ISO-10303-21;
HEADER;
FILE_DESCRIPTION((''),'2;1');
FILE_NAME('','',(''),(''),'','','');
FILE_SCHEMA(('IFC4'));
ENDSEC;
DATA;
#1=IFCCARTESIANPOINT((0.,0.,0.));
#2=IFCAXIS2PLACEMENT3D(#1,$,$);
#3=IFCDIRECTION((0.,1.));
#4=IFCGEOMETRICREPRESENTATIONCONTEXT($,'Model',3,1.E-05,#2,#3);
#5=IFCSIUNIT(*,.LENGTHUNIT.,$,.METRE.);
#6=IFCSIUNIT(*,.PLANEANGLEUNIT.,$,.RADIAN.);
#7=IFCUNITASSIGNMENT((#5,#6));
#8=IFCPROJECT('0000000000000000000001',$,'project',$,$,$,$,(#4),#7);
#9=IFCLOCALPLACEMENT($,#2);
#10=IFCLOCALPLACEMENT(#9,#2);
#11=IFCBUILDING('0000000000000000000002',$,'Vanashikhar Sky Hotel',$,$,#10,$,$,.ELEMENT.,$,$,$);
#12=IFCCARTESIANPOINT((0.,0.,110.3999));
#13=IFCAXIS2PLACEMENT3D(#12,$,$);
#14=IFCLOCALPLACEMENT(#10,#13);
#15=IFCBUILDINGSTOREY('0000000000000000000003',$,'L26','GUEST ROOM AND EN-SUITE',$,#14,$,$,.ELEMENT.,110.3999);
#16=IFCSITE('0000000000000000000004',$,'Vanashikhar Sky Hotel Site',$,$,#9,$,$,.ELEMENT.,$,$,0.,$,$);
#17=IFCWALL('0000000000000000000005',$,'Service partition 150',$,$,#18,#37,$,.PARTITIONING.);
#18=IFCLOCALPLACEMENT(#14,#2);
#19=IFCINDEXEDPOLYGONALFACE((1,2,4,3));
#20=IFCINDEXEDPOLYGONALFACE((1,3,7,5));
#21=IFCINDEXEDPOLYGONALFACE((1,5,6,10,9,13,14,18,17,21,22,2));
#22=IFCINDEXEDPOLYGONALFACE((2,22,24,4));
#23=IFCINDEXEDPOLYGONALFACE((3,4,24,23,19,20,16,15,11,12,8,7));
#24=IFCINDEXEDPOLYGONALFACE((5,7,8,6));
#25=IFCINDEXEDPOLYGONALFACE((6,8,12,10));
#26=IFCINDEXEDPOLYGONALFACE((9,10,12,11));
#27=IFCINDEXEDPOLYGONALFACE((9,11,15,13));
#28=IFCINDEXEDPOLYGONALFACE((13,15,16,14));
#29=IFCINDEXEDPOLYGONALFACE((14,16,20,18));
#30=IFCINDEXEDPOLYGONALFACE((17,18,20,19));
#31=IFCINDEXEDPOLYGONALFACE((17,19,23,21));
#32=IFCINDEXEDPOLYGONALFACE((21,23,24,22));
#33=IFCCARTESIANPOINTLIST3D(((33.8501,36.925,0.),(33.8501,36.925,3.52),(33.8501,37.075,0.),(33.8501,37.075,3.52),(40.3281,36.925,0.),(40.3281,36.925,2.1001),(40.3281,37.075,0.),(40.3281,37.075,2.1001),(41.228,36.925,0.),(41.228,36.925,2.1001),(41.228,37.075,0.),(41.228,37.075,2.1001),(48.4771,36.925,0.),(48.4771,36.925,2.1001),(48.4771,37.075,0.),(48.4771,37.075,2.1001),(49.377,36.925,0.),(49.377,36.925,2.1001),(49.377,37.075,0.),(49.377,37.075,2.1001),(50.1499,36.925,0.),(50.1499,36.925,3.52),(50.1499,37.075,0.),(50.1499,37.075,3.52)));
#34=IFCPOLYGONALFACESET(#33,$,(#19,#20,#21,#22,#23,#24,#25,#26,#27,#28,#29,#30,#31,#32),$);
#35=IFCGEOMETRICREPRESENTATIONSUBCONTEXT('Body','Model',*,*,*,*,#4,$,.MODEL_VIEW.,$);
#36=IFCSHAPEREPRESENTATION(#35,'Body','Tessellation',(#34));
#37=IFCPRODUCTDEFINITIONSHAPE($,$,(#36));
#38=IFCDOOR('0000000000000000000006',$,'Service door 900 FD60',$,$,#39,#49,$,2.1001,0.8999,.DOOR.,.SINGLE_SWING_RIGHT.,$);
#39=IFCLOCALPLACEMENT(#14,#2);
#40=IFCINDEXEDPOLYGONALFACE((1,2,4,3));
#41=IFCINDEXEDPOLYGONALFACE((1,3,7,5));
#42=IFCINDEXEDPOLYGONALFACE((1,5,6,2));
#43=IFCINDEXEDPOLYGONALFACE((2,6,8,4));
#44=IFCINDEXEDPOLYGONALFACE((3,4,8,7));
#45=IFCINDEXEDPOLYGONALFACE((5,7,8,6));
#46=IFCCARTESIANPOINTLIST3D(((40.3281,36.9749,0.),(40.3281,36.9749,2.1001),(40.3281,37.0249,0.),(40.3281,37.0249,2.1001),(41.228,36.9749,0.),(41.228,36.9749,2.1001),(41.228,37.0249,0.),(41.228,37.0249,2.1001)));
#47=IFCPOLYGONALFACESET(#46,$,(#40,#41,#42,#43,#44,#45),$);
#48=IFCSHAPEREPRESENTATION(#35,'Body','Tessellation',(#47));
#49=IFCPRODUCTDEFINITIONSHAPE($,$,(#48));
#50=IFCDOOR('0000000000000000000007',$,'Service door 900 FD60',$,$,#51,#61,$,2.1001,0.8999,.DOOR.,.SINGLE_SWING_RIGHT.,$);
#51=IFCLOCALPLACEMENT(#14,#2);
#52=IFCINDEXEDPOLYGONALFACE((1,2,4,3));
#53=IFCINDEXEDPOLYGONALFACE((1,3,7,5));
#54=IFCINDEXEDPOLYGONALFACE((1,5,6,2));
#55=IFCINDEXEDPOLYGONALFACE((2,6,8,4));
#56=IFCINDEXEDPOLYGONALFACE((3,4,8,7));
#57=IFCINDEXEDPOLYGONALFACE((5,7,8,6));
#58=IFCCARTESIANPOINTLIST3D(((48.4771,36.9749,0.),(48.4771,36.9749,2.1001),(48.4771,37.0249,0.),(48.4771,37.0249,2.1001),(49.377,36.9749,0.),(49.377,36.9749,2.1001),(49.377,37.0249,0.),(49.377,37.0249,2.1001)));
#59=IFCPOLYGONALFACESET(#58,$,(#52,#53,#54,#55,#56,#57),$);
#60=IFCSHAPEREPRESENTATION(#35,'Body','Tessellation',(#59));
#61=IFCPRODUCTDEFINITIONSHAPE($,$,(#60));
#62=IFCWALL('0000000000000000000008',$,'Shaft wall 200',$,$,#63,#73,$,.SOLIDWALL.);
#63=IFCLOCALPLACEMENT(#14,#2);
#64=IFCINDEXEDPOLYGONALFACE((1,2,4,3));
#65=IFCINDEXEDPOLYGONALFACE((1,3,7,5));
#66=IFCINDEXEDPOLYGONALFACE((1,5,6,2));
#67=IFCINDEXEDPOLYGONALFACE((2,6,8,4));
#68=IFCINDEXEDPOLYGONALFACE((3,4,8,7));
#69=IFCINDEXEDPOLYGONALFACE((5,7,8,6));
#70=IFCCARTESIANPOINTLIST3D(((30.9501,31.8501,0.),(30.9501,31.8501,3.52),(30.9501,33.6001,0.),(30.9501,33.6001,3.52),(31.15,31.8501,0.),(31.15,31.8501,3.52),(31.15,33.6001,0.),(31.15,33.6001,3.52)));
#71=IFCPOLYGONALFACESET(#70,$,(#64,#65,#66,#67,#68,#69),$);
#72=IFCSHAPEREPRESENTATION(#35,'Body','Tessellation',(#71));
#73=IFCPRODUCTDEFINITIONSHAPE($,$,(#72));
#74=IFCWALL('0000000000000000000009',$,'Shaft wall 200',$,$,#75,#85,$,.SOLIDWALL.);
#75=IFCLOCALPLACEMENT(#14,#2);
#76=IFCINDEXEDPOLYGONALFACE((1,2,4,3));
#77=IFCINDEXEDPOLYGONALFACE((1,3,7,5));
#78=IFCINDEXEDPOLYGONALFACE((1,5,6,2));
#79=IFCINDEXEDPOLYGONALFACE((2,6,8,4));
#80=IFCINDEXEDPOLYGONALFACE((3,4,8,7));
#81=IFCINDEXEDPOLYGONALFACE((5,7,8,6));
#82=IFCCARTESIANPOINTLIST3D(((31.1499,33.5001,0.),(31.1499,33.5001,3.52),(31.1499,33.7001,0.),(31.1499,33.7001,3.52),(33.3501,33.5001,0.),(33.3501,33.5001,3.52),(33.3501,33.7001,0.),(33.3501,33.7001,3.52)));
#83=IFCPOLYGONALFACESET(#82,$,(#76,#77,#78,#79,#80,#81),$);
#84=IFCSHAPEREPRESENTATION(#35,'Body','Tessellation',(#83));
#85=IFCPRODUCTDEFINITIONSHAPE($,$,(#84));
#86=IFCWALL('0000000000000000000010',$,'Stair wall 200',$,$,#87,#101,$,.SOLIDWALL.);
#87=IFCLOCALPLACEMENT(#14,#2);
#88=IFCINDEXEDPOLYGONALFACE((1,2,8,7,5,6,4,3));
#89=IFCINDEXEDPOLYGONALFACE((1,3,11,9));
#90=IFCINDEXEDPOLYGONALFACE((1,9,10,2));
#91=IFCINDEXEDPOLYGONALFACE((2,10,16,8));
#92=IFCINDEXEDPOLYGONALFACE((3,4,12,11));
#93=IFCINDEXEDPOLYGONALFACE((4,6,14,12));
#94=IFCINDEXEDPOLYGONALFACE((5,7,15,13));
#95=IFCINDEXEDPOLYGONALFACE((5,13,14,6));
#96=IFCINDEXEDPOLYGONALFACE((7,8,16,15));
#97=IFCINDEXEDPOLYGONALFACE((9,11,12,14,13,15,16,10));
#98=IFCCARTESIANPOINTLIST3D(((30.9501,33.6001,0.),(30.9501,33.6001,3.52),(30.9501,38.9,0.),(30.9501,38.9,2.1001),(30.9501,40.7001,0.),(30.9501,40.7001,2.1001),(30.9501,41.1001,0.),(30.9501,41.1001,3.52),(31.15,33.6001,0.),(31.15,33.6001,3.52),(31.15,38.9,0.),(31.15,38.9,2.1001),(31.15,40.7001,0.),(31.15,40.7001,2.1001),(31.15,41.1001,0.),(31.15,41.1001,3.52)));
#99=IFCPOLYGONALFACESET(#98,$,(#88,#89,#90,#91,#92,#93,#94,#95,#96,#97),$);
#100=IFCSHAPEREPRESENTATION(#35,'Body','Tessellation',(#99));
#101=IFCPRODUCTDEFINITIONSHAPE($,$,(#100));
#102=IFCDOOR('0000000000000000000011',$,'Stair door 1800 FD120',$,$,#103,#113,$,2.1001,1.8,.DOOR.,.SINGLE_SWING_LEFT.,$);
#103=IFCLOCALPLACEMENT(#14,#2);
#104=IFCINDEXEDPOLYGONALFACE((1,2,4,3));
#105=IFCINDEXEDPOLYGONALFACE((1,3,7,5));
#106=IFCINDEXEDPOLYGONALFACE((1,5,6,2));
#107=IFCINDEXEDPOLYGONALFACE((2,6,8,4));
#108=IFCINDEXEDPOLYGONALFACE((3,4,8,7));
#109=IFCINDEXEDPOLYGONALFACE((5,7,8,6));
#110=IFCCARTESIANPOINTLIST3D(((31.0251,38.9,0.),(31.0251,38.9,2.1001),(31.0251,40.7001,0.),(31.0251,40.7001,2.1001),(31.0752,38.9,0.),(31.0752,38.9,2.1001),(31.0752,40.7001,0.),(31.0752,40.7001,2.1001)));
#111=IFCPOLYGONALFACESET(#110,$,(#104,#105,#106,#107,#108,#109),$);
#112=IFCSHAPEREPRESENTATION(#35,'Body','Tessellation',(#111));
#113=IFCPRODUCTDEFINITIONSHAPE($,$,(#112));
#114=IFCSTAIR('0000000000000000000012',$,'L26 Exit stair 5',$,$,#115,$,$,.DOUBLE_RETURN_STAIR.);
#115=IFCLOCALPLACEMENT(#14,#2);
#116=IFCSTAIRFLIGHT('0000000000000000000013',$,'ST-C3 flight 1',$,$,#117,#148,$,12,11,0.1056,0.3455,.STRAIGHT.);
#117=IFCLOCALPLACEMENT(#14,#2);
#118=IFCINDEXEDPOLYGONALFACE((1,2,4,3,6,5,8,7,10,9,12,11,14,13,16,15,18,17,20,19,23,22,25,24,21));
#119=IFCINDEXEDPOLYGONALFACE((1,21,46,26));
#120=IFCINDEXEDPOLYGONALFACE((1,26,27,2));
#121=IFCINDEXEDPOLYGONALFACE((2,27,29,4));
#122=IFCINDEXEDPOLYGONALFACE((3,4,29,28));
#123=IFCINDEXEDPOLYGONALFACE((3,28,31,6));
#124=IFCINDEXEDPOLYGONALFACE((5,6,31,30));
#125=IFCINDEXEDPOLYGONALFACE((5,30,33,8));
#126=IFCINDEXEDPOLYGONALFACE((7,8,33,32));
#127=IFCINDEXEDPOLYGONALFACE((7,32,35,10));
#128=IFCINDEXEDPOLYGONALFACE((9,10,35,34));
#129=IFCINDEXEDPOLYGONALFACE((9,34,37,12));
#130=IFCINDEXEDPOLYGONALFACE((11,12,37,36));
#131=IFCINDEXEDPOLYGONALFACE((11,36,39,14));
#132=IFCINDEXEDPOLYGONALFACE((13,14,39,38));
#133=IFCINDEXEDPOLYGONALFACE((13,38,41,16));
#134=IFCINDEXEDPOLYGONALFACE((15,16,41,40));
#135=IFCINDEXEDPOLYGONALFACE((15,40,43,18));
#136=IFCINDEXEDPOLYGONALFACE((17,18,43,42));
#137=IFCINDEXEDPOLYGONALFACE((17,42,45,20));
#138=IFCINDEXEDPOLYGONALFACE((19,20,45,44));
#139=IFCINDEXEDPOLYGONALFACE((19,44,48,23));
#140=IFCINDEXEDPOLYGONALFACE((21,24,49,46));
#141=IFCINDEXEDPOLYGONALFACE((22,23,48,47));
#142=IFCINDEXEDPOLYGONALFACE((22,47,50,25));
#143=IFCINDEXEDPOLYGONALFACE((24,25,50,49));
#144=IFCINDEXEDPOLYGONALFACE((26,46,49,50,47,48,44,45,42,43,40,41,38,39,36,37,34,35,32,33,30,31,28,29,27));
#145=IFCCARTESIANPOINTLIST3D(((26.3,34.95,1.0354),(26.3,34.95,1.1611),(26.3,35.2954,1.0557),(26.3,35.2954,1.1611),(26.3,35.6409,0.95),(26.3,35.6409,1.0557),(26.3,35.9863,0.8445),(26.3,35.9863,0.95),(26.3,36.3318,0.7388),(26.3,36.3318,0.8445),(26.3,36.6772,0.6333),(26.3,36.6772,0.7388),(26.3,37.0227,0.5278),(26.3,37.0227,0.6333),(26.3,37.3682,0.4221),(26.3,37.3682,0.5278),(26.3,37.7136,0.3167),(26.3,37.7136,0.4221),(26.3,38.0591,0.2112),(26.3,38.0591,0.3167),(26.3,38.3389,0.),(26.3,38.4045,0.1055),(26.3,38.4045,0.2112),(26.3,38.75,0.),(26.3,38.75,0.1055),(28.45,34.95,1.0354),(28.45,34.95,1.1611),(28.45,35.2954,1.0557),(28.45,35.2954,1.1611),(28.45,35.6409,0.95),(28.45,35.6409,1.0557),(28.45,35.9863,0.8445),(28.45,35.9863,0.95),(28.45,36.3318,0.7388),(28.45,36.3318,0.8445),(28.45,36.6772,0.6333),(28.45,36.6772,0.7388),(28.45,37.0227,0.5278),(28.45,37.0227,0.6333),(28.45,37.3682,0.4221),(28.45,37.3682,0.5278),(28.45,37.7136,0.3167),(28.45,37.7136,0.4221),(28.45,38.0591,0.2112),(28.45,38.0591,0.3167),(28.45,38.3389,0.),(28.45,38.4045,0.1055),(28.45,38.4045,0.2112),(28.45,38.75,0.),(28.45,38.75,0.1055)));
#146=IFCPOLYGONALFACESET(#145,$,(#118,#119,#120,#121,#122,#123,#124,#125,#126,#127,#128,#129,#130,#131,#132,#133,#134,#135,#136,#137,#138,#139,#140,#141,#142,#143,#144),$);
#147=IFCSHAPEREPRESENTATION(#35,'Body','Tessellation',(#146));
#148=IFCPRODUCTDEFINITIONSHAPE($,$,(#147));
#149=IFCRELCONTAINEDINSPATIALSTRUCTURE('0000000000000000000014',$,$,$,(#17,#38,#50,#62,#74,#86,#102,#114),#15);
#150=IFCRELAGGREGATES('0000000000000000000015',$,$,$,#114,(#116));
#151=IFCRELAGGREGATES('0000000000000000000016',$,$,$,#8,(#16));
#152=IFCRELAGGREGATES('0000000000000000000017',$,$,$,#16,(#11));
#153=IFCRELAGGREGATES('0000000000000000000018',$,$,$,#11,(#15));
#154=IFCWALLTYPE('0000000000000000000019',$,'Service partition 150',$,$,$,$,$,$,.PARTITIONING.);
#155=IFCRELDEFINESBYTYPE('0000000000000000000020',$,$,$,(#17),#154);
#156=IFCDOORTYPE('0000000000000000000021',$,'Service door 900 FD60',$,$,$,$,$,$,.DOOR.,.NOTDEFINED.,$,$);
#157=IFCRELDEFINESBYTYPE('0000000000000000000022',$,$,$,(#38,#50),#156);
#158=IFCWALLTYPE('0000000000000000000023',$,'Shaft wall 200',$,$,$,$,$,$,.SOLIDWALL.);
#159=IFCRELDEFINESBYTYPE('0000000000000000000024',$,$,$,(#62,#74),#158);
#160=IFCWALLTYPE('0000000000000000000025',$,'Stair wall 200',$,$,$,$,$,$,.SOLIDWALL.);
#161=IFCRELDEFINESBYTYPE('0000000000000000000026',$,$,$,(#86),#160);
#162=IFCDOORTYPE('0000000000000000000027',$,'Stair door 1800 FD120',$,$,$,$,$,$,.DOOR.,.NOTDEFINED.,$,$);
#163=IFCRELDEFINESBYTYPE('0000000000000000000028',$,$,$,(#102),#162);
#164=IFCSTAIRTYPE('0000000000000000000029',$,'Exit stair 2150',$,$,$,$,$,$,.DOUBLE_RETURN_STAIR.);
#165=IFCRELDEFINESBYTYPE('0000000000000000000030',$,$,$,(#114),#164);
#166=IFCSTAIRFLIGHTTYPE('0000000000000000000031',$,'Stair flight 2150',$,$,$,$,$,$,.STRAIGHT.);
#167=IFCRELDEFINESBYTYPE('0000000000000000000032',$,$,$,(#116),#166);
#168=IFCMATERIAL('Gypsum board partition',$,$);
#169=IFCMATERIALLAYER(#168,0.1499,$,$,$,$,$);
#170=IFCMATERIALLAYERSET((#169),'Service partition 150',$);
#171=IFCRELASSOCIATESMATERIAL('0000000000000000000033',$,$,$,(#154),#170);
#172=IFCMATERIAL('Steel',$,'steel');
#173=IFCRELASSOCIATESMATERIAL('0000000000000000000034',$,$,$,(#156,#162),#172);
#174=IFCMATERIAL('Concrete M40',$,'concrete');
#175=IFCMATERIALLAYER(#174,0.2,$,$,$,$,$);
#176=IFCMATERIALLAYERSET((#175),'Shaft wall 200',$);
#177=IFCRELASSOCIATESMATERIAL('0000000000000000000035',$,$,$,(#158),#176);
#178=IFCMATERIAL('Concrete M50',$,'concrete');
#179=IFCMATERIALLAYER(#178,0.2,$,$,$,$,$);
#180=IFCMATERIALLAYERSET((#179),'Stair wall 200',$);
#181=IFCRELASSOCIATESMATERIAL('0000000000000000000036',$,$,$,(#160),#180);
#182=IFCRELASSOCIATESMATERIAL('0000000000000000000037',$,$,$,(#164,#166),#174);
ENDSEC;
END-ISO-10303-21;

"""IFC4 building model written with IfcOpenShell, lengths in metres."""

from ifc_helpers import new_model, si_unit, direction, frame, frame_2d, origin, place, context, subcontext, project, spatial, polyline, rectangle, outline, extrude, source, transform, mapped, material, layer, layer_set, type_object, element, fill, aggregate, save


model = new_model("IFC4")

# Units and contexts
model_context = context("Model", 3, precision=1e-05, world=origin(), true_north=direction((0.0, 1.0)))
body_context = subcontext(model_context, "Body", "Model", "MODEL_VIEW")
ifc_project = project(units=[si_unit("LENGTHUNIT", "METRE"), si_unit("PLANEANGLEUNIT", "RADIAN")], contexts=[model_context])

# Site, building, storey
site_placement = place(None, origin())
site = spatial("IfcSite", under=ifc_project, at=site_placement, Name="Vanashikhar Sky Hotel Site", CompositionType="ELEMENT", RefElevation=0.0)
building_placement = place(site_placement, origin())
building = spatial("IfcBuilding", under=site, at=building_placement, Name="Vanashikhar Sky Hotel", CompositionType="ELEMENT")
storey_placement = place(building_placement, frame((0.0, 0.0, 110.3999)))
storey = spatial("IfcBuildingStorey", under=building, at=storey_placement, Name="L26", Description="GUEST ROOM AND EN-SUITE", CompositionType="ELEMENT", Elevation=110.3999)

# Shared definitions
ifc_material_1 = material(Name="Steel", Category="steel")

# Shared definitions
ifc_material_2 = material(Name="Gypsum board partition")
ifc_layer_1 = layer(ifc_material_2, 0.1499)
ifc_layer_set_1 = layer_set([ifc_layer_1], Name="Service partition 150")
wall_type_1 = type_object("IfcWallType", Name="Service partition 150", PredefinedType="PARTITIONING", material=ifc_layer_set_1)

# Wall, openings, doors
shared_shape_1 = source(origin(), body_context, "Body", "SweptSolid", [
    extrude(rectangle(XDim=0.8999, YDim=2.1001, at=frame_2d((0.45, 1.05))), frame((0.0, 0.085, 0.0), z_axis=(0.0, -1.0, 0.0), x_axis=(1.0, 0.0, 0.0)), (0.0, 0.0, 1.0), 0.1699),
])
door_type_1 = type_object("IfcDoorType", Name="Service door 900 FD60", OperationType="NOTDEFINED", PredefinedType="DOOR", material=ifc_material_1)
shared_shape_2 = source(origin(), body_context, "Body", "SweptSolid", [
    extrude(rectangle(XDim=0.8999, YDim=2.1001, at=frame_2d((0.45, 1.05))), frame((0.0, 0.0249, 0.0), z_axis=(0.0, -1.0, 0.0), x_axis=(1.0, 0.0, 0.0)), (0.0, 0.0, 1.0), 0.05),
])
shared_shape_3 = source(origin(), body_context, "Body", "SweptSolid", [
    extrude(rectangle(XDim=16.2998, YDim=0.1499, at=frame_2d((8.1499, 0.0))), origin(), (0.0, 0.0, 1.0), 3.52),
])
wall_1_placement = place(storey_placement, frame((33.8501, 37.0, 0.0), z_axis=(0.0, 0.0, 1.0), x_axis=(1.0, 0.0, 0.0)))
wall_1 = element("IfcWall", 1, at=wall_1_placement, inside=storey, type_object=wall_type_1, Name="Service partition 150", PredefinedType="PARTITIONING", context=body_context, shape_type="MappedRepresentation", body=[
    mapped(shared_shape_3, transform((0.0, 0.0, 0.0), scale=1.0)),
])
opening_1_placement = place(wall_1_placement, frame((6.478, 0.0, 0.0)))
opening_1 = element("IfcOpeningElement", 2, at=opening_1_placement, cuts=wall_1, PredefinedType="OPENING", context=body_context, shape_type="MappedRepresentation", body=[
    mapped(shared_shape_1, transform((0.0, 0.0, 0.0), scale=1.0)),
])
opening_2_placement = place(wall_1_placement, frame((14.627, 0.0, 0.0)))
opening_2 = element("IfcOpeningElement", 3, at=opening_2_placement, cuts=wall_1, PredefinedType="OPENING", context=body_context, shape_type="MappedRepresentation", body=[
    mapped(shared_shape_1, transform((0.0, 0.0, 0.0), scale=1.0)),
])
door_1_placement = place(opening_1_placement, origin())
door_1 = element("IfcDoor", 4, at=door_1_placement, inside=storey, type_object=door_type_1, Name="Service door 900 FD60", OperationType="SINGLE_SWING_RIGHT", OverallHeight=2.1001, OverallWidth=0.8999, PredefinedType="DOOR", context=body_context, shape_type="MappedRepresentation", body=[
    mapped(shared_shape_2, transform((0.0, 0.0, 0.0), scale=1.0)),
])
fill(opening_1, door_1)
door_2_placement = place(opening_2_placement, origin())
door_2 = element("IfcDoor", 5, at=door_2_placement, inside=storey, type_object=door_type_1, Name="Service door 900 FD60", OperationType="SINGLE_SWING_RIGHT", OverallHeight=2.1001, OverallWidth=0.8999, PredefinedType="DOOR", context=body_context, shape_type="MappedRepresentation", body=[
    mapped(shared_shape_2, transform((0.0, 0.0, 0.0), scale=1.0)),
])
fill(opening_2, door_2)

# Walls
ifc_material_3 = material(Name="Concrete M40", Category="concrete")
ifc_layer_2 = layer(ifc_material_3, 0.2)
ifc_layer_set_2 = layer_set([ifc_layer_2], Name="Shaft wall 200")
wall_type_2 = type_object("IfcWallType", Name="Shaft wall 200", PredefinedType="SOLIDWALL", material=ifc_layer_set_2)
shared_shape_4 = source(origin(), body_context, "Body", "SweptSolid", [
    extrude(rectangle(XDim=1.75, YDim=0.2, at=frame_2d((0.875, 0.0))), origin(), (0.0, 0.0, 1.0), 3.52),
])
wall_2_placement = place(storey_placement, frame((31.05, 31.8501, 0.0), z_axis=(0.0, 0.0, 1.0), x_axis=(0.0, 1.0, 0.0)))
element("IfcWall", 6, at=wall_2_placement, inside=storey, type_object=wall_type_2, Name="Shaft wall 200", PredefinedType="SOLIDWALL", context=body_context, shape_type="MappedRepresentation", body=[
    mapped(shared_shape_4, transform((0.0, 0.0, 0.0), scale=1.0)),
])
shared_shape_5 = source(origin(), body_context, "Body", "SweptSolid", [
    extrude(rectangle(XDim=2.2002, YDim=0.2, at=frame_2d((1.1001, 0.0))), origin(), (0.0, 0.0, 1.0), 3.52),
])
wall_3_placement = place(storey_placement, frame((31.1499, 33.6001, 0.0), z_axis=(0.0, 0.0, 1.0), x_axis=(1.0, 0.0, 0.0)))
element("IfcWall", 7, at=wall_3_placement, inside=storey, type_object=wall_type_2, Name="Shaft wall 200", PredefinedType="SOLIDWALL", context=body_context, shape_type="MappedRepresentation", body=[
    mapped(shared_shape_5, transform((0.0, 0.0, 0.0), scale=1.0)),
])

# Wall, opening, door
ifc_material_4 = material(Name="Concrete M50", Category="concrete")
ifc_layer_3 = layer(ifc_material_4, 0.2)
ifc_layer_set_3 = layer_set([ifc_layer_3], Name="Stair wall 200")
wall_type_3 = type_object("IfcWallType", Name="Stair wall 200", PredefinedType="SOLIDWALL", material=ifc_layer_set_3)
shared_shape_6 = source(origin(), body_context, "Body", "SweptSolid", [
    extrude(rectangle(XDim=7.5, YDim=0.2, at=frame_2d((3.75, 0.0))), origin(), (0.0, 0.0, 1.0), 3.52),
])
wall_4_placement = place(storey_placement, frame((31.05, 33.6001, 0.0), z_axis=(0.0, 0.0, 1.0), x_axis=(0.0, 1.0, 0.0)))
wall_4 = element("IfcWall", 8, at=wall_4_placement, inside=storey, type_object=wall_type_3, Name="Stair wall 200", PredefinedType="SOLIDWALL", context=body_context, shape_type="MappedRepresentation", body=[
    mapped(shared_shape_6, transform((0.0, 0.0, 0.0), scale=1.0)),
])
shared_shape_7 = source(origin(), body_context, "Body", "SweptSolid", [
    extrude(rectangle(XDim=1.8, YDim=2.1001, at=frame_2d((0.8999, 1.05))), frame((0.0, 0.1099, 0.0), z_axis=(0.0, -1.0, 0.0), x_axis=(1.0, 0.0, 0.0)), (0.0, 0.0, 1.0), 0.22),
])
opening_3_placement = place(wall_4_placement, frame((5.3, 0.0, 0.0)))
opening_3 = element("IfcOpeningElement", 9, at=opening_3_placement, cuts=wall_4, PredefinedType="OPENING", context=body_context, shape_type="MappedRepresentation", body=[
    mapped(shared_shape_7, transform((0.0, 0.0, 0.0), scale=1.0)),
])
door_type_2 = type_object("IfcDoorType", Name="Stair door 1800 FD120", OperationType="NOTDEFINED", PredefinedType="DOOR", material=ifc_material_1)
shared_shape_8 = source(origin(), body_context, "Body", "SweptSolid", [
    extrude(rectangle(XDim=1.8, YDim=2.1001, at=frame_2d((0.8999, 1.05))), frame((0.0, 0.0249, 0.0), z_axis=(0.0, -1.0, 0.0), x_axis=(1.0, 0.0, 0.0)), (0.0, 0.0, 1.0), 0.05),
])
door_3_placement = place(opening_3_placement, origin())
door_3 = element("IfcDoor", 10, at=door_3_placement, inside=storey, type_object=door_type_2, Name="Stair door 1800 FD120", OperationType="SINGLE_SWING_LEFT", OverallHeight=2.1001, OverallWidth=1.8, PredefinedType="DOOR", context=body_context, shape_type="MappedRepresentation", body=[
    mapped(shared_shape_8, transform((0.0, 0.0, 0.0), scale=1.0)),
])
fill(opening_3, door_3)

# Stair, stair flight
stair_type = type_object("IfcStairType", Name="Exit stair 2150", PredefinedType="DOUBLE_RETURN_STAIR", material=ifc_material_3)
stair_placement = place(storey_placement, origin())
stair = element("IfcStair", 11, at=stair_placement, inside=storey, type_object=stair_type, Name="L26 Exit stair 5", PredefinedType="DOUBLE_RETURN_STAIR")
stair_flight_type = type_object("IfcStairFlightType", Name="Stair flight 2150", PredefinedType="STRAIGHT", material=ifc_material_3)
shared_shape_9 = source(origin(), body_context, "Body", "SweptSolid", [
    extrude(outline(polyline([(0.0, 0.0), (0.0, 0.1055), (0.3455, 0.1055), (0.3455, 0.2112), (0.6909, 0.2112), (0.6909, 0.3167), (1.0364, 0.3167), (1.0364, 0.4221), (1.3818, 0.4221), (1.3818, 0.5278), (1.7273, 0.5278), (1.7273, 0.6333), (2.0728, 0.6333), (2.0728, 0.7388), (2.4182, 0.7388), (2.4182, 0.8445), (2.7637, 0.8445), (2.7637, 0.95), (3.1091, 0.95), (3.1091, 1.0557), (3.4546, 1.0557), (3.4546, 1.1611), (3.8, 1.1611), (3.8, 1.2666), (3.8, 1.0354), (0.4111, 0.0), (0.0, 0.0)])), frame((0.0, 1.075, 0.0), z_axis=(0.0, -1.0, 0.0), x_axis=(1.0, 0.0, 0.0)), (0.0, 0.0, 1.0), 2.1499),
])
stair_flight_1_placement = place(storey_placement, frame((27.375, 38.75, 0.0), z_axis=(0.0, 0.0, 1.0), x_axis=(0.0, -1.0, 0.0)))
stair_flight_1 = element("IfcStairFlight", 12, at=stair_flight_1_placement, type_object=stair_flight_type, Name="ST-C3 flight 1", NumberOfRisers=12, NumberOfTreads=11, PredefinedType="STRAIGHT", RiserHeight=0.1056, TreadLength=0.3455, context=body_context, shape_type="MappedRepresentation", body=[
    mapped(shared_shape_9, transform((0.0, 0.0, 0.0), scale=1.0)),
])
aggregate(stair, [stair_flight_1])

save(model, "model.ifc")
